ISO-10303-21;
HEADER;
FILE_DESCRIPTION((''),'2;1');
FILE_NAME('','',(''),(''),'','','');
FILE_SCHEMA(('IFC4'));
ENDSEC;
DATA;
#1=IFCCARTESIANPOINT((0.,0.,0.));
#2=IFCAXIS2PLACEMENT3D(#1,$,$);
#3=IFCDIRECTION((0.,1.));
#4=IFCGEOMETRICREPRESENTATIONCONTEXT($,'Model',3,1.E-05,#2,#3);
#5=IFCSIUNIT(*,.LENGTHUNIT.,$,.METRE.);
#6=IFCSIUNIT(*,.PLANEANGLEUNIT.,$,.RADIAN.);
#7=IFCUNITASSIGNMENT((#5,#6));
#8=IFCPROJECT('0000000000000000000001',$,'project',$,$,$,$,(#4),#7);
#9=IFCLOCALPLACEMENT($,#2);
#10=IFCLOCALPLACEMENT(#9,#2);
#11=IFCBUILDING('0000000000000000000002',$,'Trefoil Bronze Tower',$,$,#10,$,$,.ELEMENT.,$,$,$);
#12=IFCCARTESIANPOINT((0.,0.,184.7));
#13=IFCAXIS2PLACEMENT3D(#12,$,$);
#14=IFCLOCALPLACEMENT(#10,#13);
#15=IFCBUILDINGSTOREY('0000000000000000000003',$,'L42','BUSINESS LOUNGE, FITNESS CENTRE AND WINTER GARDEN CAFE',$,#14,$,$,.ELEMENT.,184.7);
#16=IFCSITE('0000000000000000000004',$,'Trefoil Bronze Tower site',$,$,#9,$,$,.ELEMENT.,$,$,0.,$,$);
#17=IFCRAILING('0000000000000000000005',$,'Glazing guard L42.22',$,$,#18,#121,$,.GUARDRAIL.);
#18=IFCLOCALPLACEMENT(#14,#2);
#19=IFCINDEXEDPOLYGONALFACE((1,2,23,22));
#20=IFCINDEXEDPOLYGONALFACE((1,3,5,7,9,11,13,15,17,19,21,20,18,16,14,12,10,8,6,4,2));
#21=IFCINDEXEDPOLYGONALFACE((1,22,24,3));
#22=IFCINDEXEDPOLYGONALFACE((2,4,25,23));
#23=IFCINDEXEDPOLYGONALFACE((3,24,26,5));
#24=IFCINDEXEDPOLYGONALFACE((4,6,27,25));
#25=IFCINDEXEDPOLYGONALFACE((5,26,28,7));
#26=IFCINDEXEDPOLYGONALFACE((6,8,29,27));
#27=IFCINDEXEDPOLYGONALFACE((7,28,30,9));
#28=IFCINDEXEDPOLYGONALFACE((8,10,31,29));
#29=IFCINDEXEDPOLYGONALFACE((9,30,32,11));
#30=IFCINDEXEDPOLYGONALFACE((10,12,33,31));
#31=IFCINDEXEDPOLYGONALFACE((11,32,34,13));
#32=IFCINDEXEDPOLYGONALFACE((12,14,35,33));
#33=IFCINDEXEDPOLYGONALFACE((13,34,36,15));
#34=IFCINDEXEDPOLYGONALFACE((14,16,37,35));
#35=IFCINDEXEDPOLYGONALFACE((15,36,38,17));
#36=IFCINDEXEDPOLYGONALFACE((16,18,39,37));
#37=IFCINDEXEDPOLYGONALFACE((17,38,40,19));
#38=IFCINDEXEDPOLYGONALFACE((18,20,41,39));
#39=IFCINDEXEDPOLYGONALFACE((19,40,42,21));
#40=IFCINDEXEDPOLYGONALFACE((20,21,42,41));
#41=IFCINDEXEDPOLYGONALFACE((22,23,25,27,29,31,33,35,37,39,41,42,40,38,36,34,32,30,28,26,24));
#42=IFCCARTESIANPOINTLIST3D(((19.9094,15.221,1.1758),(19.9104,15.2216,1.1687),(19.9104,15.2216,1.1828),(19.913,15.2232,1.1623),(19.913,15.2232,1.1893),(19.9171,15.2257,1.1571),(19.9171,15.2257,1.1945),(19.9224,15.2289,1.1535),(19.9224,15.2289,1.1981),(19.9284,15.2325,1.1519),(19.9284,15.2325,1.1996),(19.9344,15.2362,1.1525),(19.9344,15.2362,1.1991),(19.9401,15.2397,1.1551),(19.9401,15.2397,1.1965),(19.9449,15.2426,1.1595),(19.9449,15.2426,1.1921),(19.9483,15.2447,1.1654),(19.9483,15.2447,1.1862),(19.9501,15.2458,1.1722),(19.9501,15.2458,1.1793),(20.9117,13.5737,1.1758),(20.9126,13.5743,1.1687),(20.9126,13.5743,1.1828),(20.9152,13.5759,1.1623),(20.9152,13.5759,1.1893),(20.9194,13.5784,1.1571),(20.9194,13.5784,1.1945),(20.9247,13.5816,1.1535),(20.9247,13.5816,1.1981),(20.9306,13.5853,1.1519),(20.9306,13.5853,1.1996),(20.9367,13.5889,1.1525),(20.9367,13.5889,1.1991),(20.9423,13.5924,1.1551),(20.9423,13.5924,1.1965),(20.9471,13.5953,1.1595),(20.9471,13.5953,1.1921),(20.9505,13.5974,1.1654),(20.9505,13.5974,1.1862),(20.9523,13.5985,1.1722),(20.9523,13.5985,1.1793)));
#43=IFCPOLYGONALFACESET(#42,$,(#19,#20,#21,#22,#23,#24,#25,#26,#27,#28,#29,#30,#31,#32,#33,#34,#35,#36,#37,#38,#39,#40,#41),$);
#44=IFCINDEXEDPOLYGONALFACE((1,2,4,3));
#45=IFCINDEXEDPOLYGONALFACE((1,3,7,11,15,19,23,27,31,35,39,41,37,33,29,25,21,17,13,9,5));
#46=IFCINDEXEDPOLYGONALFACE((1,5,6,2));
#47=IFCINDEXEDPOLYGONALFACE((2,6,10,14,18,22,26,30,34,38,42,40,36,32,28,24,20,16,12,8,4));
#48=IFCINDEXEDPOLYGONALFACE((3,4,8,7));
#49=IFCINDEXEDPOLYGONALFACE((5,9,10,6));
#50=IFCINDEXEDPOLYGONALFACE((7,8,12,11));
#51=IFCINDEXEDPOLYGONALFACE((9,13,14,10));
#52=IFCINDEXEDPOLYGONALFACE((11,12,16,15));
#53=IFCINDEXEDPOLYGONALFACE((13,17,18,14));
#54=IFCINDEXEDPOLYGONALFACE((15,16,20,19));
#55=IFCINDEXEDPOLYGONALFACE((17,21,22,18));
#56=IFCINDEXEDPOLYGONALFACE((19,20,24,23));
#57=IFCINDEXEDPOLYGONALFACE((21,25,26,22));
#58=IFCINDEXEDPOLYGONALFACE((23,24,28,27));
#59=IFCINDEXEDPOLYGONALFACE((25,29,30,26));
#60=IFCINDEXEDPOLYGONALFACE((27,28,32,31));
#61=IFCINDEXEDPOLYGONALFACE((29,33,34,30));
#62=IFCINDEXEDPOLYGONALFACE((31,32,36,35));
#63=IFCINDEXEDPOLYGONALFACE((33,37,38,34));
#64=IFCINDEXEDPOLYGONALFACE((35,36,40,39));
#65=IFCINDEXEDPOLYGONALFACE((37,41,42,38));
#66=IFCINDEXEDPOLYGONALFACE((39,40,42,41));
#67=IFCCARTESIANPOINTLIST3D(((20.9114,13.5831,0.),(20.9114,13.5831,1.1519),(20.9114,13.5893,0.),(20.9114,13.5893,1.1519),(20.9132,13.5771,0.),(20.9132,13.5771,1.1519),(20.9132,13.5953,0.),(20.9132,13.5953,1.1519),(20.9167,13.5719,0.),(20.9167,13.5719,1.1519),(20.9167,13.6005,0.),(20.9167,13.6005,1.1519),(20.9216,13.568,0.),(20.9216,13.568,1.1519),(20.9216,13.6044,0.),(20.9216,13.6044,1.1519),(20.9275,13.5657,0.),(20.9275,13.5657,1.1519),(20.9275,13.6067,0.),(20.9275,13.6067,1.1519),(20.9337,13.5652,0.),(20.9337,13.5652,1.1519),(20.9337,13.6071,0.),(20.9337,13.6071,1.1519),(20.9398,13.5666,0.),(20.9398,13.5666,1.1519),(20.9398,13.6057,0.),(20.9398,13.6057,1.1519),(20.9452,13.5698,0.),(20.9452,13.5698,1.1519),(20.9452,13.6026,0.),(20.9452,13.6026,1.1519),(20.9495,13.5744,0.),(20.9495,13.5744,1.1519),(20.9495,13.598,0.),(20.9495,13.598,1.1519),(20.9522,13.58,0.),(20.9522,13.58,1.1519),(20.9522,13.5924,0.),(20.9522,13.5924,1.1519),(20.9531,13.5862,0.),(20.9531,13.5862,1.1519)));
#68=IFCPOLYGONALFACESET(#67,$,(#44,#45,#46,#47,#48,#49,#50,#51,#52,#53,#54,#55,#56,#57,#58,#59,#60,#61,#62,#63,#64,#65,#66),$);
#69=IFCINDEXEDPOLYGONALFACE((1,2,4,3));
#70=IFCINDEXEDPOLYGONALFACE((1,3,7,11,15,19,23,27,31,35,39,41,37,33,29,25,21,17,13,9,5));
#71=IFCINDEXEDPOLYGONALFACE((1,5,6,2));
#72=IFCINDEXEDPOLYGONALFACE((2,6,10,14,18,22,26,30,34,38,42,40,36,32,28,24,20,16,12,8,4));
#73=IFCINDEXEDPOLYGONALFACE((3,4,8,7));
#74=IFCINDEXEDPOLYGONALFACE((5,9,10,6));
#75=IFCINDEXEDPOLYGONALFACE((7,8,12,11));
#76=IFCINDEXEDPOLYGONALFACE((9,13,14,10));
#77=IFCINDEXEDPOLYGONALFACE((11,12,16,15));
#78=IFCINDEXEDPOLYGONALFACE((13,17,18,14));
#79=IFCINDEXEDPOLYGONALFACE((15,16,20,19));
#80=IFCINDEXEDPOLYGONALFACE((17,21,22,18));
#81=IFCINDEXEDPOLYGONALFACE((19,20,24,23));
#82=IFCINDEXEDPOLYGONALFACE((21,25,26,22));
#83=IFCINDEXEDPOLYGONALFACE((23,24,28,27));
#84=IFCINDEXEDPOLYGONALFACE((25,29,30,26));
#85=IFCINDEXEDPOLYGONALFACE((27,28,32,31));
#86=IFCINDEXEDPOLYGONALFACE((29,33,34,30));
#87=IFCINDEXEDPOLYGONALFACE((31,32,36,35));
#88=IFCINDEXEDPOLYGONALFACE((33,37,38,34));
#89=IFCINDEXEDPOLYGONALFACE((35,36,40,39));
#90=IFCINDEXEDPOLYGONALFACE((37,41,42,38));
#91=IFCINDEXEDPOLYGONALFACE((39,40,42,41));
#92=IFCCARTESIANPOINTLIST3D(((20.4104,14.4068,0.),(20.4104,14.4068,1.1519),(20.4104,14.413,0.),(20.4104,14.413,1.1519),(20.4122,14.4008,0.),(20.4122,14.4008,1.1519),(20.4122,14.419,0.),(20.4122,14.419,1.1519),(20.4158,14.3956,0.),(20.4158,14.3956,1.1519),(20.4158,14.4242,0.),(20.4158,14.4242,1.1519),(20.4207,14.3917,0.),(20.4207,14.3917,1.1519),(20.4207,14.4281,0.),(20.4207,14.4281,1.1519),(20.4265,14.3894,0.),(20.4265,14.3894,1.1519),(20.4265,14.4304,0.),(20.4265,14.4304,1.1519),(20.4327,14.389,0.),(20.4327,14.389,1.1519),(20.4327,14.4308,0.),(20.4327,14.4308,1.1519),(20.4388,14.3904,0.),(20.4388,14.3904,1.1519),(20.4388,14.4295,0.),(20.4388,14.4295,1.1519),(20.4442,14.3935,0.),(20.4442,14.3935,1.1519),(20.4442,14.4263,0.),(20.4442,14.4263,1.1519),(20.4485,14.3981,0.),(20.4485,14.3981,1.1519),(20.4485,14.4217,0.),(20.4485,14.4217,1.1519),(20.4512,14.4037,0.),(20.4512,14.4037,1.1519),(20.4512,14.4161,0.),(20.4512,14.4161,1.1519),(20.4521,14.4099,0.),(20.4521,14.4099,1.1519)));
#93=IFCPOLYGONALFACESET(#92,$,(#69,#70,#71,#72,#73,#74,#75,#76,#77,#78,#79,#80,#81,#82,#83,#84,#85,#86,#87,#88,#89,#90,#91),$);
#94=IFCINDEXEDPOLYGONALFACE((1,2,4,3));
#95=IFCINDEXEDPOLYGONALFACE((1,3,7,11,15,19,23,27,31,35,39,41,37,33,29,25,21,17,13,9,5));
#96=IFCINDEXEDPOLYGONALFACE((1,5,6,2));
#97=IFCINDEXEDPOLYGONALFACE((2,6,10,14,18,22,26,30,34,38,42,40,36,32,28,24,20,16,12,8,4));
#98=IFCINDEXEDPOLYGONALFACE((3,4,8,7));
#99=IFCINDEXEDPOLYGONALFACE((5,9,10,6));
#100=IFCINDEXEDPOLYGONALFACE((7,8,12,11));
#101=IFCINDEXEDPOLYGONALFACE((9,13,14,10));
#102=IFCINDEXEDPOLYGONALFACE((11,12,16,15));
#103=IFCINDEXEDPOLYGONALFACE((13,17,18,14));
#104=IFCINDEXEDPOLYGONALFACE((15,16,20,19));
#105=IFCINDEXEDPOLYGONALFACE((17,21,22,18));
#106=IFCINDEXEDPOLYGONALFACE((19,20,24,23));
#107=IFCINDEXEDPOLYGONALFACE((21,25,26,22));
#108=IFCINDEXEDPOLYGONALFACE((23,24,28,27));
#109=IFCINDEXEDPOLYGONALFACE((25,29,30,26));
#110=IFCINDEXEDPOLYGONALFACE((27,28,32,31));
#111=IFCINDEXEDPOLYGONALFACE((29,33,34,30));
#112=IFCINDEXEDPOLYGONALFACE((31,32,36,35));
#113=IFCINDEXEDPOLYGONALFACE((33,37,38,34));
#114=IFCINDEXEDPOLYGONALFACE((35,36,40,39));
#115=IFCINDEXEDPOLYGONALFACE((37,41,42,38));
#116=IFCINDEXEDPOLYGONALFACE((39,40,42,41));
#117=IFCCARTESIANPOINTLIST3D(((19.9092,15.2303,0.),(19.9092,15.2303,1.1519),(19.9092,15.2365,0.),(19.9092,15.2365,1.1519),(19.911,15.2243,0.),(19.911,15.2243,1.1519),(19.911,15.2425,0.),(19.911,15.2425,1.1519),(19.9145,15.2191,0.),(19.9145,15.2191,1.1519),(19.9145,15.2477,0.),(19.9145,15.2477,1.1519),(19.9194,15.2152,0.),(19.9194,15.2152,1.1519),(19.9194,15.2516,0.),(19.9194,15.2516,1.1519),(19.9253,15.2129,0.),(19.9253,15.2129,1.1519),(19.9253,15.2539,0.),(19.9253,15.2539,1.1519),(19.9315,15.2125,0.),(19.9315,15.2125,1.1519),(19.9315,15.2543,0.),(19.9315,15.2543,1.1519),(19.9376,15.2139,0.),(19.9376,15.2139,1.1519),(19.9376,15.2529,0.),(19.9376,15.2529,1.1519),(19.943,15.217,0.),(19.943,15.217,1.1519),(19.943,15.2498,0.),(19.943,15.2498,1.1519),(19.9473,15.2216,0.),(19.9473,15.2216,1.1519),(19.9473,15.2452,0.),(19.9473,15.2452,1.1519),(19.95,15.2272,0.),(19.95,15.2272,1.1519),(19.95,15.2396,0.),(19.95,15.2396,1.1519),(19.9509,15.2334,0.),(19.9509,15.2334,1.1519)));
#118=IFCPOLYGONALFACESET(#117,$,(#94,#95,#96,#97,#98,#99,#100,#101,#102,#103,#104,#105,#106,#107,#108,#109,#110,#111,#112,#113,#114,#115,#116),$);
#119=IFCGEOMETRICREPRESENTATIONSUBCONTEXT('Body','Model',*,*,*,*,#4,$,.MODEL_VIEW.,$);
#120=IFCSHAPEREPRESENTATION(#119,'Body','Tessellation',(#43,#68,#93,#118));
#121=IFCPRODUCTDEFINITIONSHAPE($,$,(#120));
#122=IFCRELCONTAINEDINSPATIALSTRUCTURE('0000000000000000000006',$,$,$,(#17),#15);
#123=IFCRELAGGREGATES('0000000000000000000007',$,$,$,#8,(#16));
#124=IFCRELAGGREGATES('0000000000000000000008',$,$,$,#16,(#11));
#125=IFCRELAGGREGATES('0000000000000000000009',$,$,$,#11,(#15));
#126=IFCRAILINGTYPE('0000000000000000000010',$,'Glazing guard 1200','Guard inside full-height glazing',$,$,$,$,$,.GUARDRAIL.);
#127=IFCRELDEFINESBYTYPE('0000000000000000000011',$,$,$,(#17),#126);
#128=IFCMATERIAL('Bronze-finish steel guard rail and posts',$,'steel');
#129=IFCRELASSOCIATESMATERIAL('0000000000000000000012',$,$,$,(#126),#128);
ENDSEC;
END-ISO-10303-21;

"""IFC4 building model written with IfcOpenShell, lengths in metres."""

from ifc_helpers import new_model, si_unit, direction, frame, origin, origin_2d, place, context, subcontext, project, spatial, circle, extrude, material, type_object, element, save


model = new_model("IFC4")

# Units and contexts
model_context = context("Model", 3, precision=1e-05, world=origin(), true_north=direction((0.0, 1.0)))
body_context = subcontext(model_context, "Body", "Model", "MODEL_VIEW")
ifc_project = project(units=[si_unit("LENGTHUNIT", "METRE"), si_unit("PLANEANGLEUNIT", "RADIAN")], contexts=[model_context])

# Site, building, storey
site_placement = place(None, origin())
site = spatial("IfcSite", under=ifc_project, at=site_placement, Name="Trefoil Bronze Tower site", CompositionType="ELEMENT", RefElevation=0.0)
building_placement = place(site_placement, origin())
building = spatial("IfcBuilding", under=site, at=building_placement, Name="Trefoil Bronze Tower", CompositionType="ELEMENT")
storey_placement = place(building_placement, frame((0.0, 0.0, 184.7)))
storey = spatial("IfcBuildingStorey", under=building, at=storey_placement, Name="L42", Description="BUSINESS LOUNGE, FITNESS CENTRE AND WINTER GARDEN CAFE", CompositionType="ELEMENT", Elevation=184.7)

# Railing
ifc_material_1 = material(Name="Bronze-finish steel guard rail and posts", Category="steel")
railing_type_1 = type_object("IfcRailingType", Name="Glazing guard 1200", Description="Guard inside full-height glazing", PredefinedType="GUARDRAIL", material=ifc_material_1)
railing_1_placement = place(storey_placement, frame((20.9321, 13.5862, 0.0)))
element("IfcRailing", 1, at=railing_1_placement, inside=storey, type_object=railing_type_1, Name="Glazing guard L42.22", PredefinedType="GUARDRAIL", context=body_context, shape_type="SweptSolid", body=[
    extrude(circle(Radius=0.0239, at=origin_2d()), frame((0.0, 0.0, 1.1758), z_axis=(-0.519774, 0.854304, 0.0), x_axis=(-0.854304, -0.519774, 0.0)), (0.0, 0.0, 1.0), 1.9282),
    extrude(circle(Radius=0.021, at=origin_2d()), origin(), (0.0, 0.0, 1.0), 1.1519),
    extrude(circle(Radius=0.021, at=origin_2d()), frame((-0.501, 0.8237, 0.0)), (0.0, 0.0, 1.0), 1.1519),
    extrude(circle(Radius=0.021, at=origin_2d()), frame((-1.0022, 1.6472, 0.0)), (0.0, 0.0, 1.0), 1.1519),
])

save(model, "model.ifc")
